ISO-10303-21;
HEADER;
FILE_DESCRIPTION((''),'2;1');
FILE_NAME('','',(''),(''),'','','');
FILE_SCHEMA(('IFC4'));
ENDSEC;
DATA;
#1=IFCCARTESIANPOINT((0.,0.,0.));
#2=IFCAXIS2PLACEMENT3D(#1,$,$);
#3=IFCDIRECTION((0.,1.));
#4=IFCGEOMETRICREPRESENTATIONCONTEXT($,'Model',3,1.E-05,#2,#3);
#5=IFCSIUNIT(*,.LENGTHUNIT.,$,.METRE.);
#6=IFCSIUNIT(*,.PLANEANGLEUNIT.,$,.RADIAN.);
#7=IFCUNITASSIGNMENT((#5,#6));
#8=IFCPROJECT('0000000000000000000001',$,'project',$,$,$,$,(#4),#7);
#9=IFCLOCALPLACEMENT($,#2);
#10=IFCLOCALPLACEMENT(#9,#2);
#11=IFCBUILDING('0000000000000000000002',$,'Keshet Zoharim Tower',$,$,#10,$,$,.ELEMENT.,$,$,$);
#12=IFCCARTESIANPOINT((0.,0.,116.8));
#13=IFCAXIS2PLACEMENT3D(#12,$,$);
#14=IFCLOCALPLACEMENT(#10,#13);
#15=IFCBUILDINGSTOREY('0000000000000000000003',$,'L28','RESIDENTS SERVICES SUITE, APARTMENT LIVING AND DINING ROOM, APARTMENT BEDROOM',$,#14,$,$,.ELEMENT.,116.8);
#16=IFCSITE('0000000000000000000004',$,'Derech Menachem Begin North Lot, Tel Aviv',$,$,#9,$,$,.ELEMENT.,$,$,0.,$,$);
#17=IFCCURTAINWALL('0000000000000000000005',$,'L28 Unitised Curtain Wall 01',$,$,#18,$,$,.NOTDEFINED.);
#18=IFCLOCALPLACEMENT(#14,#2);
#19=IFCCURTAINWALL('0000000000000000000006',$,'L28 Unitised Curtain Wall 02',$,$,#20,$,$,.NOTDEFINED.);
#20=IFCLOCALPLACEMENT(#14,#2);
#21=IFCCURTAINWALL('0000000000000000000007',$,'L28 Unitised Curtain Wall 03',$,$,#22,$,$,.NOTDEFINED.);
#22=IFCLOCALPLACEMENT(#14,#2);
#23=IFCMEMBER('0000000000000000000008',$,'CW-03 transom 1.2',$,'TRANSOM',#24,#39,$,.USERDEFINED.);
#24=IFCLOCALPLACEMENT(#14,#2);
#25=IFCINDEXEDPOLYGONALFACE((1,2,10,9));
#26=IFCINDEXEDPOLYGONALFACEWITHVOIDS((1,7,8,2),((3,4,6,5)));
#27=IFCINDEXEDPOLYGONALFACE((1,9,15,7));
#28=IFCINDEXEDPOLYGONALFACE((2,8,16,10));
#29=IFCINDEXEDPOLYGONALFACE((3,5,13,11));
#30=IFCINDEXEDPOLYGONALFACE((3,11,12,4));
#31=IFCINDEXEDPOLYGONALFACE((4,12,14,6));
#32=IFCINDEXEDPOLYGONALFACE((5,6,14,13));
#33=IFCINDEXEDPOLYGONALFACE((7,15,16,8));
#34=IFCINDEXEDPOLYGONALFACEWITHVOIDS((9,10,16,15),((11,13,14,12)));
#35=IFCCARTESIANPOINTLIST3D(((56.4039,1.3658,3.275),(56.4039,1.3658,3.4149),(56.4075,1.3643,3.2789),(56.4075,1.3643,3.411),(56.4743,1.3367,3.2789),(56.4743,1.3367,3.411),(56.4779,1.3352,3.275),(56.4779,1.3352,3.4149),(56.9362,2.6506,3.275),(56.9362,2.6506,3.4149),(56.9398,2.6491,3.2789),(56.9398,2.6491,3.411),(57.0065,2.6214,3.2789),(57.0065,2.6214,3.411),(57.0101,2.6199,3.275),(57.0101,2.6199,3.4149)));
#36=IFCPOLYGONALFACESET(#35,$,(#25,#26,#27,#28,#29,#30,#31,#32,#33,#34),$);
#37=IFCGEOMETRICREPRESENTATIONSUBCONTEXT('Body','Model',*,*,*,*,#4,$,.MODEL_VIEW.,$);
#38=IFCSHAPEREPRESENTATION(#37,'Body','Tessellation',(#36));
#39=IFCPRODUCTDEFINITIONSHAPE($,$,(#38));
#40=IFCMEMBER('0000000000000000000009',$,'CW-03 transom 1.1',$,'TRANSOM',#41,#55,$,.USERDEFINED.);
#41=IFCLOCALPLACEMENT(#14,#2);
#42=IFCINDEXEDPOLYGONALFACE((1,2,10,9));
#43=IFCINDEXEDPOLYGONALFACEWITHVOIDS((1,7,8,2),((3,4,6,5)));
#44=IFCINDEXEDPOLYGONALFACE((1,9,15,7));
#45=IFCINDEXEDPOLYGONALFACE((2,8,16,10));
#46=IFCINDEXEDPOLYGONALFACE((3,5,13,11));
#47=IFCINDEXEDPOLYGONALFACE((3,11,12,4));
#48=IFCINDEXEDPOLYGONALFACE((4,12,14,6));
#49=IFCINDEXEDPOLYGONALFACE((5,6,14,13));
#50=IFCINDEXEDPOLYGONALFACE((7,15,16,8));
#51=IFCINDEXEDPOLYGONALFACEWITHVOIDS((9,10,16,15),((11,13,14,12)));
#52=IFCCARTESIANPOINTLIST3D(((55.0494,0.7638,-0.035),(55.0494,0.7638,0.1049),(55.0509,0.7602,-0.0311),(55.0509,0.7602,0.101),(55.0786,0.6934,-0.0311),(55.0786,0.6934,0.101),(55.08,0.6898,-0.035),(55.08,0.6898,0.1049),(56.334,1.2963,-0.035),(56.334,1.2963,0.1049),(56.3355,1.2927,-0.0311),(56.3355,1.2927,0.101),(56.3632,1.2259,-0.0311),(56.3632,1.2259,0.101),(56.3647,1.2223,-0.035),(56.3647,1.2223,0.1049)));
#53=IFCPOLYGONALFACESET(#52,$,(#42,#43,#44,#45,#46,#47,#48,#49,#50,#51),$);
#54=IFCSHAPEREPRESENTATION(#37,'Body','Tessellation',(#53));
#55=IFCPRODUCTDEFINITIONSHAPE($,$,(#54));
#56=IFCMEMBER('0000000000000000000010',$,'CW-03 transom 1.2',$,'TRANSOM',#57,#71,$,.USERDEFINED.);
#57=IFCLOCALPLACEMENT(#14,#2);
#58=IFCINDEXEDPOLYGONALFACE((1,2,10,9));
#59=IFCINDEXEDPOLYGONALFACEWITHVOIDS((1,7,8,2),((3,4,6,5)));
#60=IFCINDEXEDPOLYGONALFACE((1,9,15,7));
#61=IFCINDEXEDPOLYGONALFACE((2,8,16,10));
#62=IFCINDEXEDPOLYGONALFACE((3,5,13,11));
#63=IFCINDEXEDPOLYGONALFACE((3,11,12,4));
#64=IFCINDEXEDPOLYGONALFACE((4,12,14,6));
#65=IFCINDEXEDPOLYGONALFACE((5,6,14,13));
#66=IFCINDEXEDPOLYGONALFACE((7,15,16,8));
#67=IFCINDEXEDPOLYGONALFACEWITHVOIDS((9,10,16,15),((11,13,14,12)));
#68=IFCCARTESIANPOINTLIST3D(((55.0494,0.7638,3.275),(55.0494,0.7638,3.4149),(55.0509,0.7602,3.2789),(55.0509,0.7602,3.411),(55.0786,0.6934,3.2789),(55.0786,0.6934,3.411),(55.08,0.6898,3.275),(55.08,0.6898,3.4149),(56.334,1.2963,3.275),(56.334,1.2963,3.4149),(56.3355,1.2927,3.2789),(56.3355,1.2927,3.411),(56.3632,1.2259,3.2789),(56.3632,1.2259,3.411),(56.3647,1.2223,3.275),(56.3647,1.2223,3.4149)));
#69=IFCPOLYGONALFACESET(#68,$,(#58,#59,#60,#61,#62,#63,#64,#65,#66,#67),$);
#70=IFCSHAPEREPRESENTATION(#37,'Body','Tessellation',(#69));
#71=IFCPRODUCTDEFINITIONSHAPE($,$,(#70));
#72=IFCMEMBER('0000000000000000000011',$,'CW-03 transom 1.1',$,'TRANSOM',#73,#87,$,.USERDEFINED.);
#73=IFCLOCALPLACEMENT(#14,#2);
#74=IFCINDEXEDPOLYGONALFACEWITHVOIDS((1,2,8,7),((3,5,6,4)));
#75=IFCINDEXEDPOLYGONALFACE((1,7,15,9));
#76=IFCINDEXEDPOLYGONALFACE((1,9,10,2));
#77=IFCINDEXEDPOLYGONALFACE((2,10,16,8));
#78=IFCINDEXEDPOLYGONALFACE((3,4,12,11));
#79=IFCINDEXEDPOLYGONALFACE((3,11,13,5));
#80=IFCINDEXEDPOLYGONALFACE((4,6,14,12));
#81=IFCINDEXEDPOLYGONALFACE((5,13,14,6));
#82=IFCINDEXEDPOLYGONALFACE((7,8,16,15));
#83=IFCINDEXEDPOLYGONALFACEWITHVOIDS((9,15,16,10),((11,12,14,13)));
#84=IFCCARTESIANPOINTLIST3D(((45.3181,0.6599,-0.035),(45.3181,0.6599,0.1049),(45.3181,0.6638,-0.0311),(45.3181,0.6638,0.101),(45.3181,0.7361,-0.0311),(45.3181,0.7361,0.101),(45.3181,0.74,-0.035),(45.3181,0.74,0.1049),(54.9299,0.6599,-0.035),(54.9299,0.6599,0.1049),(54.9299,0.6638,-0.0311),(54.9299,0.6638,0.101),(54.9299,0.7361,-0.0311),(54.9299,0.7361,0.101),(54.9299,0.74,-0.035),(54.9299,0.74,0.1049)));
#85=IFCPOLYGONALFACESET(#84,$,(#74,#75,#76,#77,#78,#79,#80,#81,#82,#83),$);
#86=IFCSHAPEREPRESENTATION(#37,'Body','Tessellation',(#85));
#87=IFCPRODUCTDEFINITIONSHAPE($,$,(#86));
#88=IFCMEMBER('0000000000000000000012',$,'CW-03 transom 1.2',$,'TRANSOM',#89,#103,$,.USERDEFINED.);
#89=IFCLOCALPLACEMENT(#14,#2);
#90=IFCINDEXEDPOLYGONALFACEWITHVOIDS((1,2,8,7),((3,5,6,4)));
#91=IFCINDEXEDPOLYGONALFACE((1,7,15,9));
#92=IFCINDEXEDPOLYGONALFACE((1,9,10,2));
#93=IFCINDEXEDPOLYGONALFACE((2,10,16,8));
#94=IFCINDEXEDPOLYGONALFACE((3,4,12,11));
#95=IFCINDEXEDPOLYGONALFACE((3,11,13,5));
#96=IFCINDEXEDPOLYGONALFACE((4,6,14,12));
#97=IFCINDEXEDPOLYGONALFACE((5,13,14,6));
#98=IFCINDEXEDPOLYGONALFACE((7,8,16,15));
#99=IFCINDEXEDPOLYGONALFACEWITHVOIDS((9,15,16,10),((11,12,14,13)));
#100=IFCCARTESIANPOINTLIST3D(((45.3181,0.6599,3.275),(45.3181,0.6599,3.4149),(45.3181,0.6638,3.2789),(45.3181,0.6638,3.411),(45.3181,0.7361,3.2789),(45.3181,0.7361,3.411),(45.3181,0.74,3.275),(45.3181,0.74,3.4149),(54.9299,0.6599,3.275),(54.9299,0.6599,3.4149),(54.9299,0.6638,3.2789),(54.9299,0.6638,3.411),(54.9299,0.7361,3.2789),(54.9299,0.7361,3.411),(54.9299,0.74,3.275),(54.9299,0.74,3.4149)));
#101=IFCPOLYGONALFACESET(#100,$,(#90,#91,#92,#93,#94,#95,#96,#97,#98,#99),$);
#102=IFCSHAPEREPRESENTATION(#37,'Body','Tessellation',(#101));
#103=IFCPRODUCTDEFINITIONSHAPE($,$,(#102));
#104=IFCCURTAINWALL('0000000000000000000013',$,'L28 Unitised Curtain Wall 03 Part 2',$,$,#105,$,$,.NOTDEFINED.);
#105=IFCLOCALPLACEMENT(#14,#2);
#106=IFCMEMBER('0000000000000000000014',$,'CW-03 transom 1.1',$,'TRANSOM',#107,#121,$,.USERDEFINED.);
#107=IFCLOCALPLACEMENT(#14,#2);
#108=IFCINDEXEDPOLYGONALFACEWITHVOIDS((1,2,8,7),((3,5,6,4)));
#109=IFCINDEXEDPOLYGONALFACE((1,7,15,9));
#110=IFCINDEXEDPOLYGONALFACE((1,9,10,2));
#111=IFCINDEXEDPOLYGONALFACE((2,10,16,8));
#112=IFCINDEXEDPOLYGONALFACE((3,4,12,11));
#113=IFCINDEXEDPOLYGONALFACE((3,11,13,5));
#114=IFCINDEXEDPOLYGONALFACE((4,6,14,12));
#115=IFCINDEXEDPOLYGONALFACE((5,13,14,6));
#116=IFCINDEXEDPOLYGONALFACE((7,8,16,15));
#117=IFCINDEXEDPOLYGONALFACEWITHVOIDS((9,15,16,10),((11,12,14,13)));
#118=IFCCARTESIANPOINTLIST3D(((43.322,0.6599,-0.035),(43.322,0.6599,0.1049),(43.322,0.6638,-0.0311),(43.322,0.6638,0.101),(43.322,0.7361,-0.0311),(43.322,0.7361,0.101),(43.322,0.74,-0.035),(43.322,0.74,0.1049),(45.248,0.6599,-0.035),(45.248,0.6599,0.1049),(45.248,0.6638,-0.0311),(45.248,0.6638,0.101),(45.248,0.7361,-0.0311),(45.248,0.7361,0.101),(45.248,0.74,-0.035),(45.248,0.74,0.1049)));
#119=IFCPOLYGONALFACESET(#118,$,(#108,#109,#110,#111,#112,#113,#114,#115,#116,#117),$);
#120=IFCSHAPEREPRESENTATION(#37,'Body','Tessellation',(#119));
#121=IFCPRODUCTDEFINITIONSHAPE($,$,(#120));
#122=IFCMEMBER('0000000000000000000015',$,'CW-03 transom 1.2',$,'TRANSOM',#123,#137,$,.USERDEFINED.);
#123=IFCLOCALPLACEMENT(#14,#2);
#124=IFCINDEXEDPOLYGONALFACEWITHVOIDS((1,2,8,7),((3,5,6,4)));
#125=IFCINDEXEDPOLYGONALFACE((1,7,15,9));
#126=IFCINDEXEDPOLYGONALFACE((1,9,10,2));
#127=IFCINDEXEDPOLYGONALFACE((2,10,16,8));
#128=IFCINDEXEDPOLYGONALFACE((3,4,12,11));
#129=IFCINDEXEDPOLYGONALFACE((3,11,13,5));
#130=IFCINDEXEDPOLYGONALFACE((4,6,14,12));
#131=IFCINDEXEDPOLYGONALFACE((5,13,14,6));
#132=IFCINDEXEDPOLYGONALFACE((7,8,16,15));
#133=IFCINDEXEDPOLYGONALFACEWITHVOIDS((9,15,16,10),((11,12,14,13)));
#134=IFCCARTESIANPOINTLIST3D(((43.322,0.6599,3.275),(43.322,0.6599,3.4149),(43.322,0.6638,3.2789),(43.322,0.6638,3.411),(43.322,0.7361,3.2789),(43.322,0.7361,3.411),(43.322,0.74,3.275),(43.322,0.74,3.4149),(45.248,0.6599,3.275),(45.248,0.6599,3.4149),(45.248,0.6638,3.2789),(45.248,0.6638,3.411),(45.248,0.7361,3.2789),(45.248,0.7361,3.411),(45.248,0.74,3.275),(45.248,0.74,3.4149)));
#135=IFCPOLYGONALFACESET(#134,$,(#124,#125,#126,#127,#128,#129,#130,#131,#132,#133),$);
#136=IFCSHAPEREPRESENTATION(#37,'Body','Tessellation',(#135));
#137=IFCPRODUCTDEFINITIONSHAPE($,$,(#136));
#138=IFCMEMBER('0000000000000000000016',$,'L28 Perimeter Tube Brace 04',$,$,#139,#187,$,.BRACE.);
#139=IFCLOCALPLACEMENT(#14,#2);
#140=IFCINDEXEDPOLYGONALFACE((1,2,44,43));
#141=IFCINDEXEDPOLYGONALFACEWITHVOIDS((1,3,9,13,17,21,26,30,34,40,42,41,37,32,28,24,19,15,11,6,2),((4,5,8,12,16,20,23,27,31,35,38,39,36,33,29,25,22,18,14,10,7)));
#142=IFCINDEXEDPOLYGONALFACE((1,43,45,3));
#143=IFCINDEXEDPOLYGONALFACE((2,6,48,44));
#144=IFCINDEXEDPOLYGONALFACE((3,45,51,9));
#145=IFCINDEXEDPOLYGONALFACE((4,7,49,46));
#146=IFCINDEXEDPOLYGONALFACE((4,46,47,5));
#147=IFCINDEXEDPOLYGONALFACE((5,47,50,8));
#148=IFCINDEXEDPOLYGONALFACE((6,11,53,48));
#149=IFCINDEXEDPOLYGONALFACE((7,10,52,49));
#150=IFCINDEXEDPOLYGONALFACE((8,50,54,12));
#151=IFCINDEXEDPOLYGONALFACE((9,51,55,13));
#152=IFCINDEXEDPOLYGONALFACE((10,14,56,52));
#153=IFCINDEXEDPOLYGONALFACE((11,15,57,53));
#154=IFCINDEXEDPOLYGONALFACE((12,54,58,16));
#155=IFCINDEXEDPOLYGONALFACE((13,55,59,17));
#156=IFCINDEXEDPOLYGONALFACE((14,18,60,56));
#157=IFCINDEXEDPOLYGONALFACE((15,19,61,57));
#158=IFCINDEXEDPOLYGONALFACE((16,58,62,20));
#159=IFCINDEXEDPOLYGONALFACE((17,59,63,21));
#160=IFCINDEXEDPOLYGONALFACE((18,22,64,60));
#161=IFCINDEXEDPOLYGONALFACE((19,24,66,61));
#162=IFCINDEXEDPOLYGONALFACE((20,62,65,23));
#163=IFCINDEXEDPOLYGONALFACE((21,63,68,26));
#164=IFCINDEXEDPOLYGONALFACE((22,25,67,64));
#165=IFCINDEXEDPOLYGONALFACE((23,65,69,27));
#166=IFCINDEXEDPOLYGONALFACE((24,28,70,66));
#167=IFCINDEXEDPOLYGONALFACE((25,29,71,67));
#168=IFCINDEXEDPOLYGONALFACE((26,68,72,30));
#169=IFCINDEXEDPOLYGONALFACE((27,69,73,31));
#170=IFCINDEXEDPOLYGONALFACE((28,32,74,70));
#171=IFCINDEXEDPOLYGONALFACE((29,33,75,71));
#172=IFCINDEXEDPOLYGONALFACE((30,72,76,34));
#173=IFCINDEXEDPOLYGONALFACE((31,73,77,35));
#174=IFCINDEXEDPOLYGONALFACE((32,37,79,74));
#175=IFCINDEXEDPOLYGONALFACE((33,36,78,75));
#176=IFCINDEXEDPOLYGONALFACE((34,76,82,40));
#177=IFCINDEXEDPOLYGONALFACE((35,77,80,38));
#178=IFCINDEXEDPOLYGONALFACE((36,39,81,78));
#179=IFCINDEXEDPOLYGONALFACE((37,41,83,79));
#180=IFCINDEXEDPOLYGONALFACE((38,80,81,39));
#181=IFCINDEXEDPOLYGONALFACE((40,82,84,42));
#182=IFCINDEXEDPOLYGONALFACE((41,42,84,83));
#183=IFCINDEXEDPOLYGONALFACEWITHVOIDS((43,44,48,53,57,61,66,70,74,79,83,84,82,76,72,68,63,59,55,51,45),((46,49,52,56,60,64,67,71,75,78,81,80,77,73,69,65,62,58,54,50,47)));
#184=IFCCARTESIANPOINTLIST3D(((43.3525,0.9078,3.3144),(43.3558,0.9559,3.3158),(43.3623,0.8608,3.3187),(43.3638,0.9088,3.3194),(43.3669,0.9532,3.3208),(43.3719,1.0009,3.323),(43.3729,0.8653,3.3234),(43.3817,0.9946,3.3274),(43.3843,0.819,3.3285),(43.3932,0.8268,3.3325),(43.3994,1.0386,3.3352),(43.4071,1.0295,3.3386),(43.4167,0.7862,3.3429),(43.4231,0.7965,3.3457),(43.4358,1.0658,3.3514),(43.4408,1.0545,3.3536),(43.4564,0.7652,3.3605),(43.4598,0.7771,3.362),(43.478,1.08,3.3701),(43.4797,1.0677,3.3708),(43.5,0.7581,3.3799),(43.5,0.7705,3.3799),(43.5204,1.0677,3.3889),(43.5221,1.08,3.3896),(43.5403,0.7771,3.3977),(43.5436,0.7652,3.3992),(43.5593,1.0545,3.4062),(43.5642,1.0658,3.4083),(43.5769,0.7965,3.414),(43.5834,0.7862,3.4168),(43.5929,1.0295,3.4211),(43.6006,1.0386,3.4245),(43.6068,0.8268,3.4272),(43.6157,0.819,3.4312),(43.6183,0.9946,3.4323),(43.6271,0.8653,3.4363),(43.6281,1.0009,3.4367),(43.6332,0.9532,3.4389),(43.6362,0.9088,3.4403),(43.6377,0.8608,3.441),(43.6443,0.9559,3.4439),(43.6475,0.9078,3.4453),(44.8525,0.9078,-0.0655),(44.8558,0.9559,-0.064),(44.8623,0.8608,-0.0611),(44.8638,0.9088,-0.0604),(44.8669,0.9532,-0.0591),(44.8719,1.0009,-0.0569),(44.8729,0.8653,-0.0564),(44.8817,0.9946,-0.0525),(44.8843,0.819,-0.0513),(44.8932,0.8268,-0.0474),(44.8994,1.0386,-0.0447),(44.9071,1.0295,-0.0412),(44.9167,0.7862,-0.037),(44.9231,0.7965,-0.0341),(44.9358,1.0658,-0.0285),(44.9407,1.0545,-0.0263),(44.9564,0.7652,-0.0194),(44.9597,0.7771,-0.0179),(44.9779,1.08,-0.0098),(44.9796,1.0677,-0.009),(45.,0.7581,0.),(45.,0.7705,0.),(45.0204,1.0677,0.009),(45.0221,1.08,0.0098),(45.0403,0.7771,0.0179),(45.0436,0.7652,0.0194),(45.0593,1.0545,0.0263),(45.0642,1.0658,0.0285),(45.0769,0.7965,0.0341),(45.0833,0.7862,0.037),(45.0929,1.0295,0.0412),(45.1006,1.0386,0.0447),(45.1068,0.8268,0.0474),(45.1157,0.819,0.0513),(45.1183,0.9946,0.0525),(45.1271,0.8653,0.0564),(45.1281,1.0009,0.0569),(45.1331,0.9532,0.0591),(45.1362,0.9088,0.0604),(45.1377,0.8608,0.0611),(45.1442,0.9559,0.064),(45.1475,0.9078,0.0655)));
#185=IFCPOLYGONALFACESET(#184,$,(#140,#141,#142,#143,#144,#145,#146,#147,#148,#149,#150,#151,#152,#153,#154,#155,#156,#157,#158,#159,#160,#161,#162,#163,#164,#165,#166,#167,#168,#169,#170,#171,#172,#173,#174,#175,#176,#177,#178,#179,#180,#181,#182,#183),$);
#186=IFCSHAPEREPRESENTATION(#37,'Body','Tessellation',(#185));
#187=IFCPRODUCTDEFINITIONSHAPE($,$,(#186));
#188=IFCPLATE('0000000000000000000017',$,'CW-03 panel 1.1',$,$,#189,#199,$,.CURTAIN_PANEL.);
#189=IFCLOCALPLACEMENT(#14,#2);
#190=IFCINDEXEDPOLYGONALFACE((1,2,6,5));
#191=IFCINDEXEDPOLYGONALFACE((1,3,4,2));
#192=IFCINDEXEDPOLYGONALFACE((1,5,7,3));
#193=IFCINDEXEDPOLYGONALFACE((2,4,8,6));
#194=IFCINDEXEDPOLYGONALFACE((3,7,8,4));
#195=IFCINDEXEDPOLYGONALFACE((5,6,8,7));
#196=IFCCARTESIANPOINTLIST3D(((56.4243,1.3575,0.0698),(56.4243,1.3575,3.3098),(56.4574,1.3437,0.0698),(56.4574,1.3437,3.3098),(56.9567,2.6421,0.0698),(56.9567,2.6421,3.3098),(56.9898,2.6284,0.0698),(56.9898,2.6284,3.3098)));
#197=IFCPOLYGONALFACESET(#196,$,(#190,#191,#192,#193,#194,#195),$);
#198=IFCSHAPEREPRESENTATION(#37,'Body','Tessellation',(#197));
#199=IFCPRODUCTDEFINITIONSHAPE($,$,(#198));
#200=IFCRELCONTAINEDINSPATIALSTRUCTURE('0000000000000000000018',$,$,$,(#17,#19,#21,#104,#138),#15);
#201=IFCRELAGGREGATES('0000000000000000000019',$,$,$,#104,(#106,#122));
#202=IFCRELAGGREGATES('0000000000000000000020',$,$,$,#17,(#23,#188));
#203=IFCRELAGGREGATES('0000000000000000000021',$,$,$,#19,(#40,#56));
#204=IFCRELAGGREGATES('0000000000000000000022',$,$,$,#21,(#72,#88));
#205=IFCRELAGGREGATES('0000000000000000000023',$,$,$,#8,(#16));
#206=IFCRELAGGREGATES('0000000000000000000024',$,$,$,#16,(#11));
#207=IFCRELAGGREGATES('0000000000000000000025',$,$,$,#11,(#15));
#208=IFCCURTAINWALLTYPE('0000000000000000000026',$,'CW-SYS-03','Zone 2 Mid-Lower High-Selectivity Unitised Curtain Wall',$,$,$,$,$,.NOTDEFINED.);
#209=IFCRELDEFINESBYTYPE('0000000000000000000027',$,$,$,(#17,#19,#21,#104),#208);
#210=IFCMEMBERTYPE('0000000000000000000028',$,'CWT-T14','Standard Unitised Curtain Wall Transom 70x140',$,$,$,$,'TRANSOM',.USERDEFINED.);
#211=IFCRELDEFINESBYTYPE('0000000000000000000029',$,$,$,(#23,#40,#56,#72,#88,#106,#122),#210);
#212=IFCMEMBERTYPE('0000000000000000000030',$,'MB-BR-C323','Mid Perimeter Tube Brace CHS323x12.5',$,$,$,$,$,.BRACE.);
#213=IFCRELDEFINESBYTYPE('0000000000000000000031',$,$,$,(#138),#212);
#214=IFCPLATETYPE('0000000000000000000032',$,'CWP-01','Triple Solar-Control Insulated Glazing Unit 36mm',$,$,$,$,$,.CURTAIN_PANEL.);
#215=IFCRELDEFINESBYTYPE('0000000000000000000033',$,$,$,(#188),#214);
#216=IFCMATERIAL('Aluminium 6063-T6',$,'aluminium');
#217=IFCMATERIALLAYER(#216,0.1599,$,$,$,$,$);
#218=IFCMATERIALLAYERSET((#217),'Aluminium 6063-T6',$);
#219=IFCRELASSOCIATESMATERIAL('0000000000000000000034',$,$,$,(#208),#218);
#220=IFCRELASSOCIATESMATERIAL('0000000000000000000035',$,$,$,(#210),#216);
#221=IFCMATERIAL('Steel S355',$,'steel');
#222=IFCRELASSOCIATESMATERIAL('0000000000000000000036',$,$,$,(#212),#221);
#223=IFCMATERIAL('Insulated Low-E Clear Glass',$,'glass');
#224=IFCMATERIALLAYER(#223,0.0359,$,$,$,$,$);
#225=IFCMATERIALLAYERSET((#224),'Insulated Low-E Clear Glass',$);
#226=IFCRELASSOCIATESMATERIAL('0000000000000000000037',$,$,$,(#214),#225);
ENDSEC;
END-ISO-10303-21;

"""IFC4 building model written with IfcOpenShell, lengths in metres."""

from ifc_helpers import new_model, si_unit, direction, frame, origin, origin_2d, place, context, subcontext, project, spatial, rectangle, hollow_rectangle, hollow_circle, extrude, material, layer, layer_set, material_profile, profile_set, type_object, element, aggregate, save


model = new_model("IFC4")

# Units and contexts
model_context = context("Model", 3, precision=1e-05, world=origin(), true_north=direction((0.0, 1.0)))
body_context = subcontext(model_context, "Body", "Model", "MODEL_VIEW")
ifc_project = project(units=[si_unit("LENGTHUNIT", "METRE"), si_unit("PLANEANGLEUNIT", "RADIAN")], contexts=[model_context])

# Site, building, storey
site_placement = place(None, origin())
site = spatial("IfcSite", under=ifc_project, at=site_placement, Name="Derech Menachem Begin North Lot, Tel Aviv", CompositionType="ELEMENT", RefElevation=0.0)
building_placement = place(site_placement, origin())
building = spatial("IfcBuilding", under=site, at=building_placement, Name="Keshet Zoharim Tower", CompositionType="ELEMENT")
storey_placement = place(building_placement, frame((0.0, 0.0, 116.8)))
storey = spatial("IfcBuildingStorey", under=building, at=storey_placement, Name="L28", Description="RESIDENTS SERVICES SUITE, APARTMENT LIVING AND DINING ROOM, APARTMENT BEDROOM", CompositionType="ELEMENT", Elevation=116.8)

# Shared definitions
ifc_material_1 = material(Name="Steel S355", Category="steel")

# Curtain walls
ifc_material_2 = material(Name="Aluminium 6063-T6", Category="aluminium")
ifc_layer_1 = layer(ifc_material_2, 0.1599)
ifc_layer_set_1 = layer_set([ifc_layer_1], Name="Aluminium 6063-T6")
curtain_wall_type = type_object("IfcCurtainWallType", Name="CW-SYS-03", Description="Zone 2 Mid-Lower High-Selectivity Unitised Curtain Wall", PredefinedType="NOTDEFINED", material=ifc_layer_set_1)
curtain_wall_1_placement = place(storey_placement, origin())
curtain_wall_1 = element("IfcCurtainWall", 1, at=curtain_wall_1_placement, inside=storey, type_object=curtain_wall_type, Name="L28 Unitised Curtain Wall 01", PredefinedType="NOTDEFINED")
curtain_wall_2_placement = place(storey_placement, origin())
curtain_wall_2 = element("IfcCurtainWall", 2, at=curtain_wall_2_placement, inside=storey, type_object=curtain_wall_type, Name="L28 Unitised Curtain Wall 02", PredefinedType="NOTDEFINED")
curtain_wall_3_placement = place(storey_placement, origin())
curtain_wall_3 = element("IfcCurtainWall", 3, at=curtain_wall_3_placement, inside=storey, type_object=curtain_wall_type, Name="L28 Unitised Curtain Wall 03", PredefinedType="NOTDEFINED")

# Members
ifc_material_profile_1 = material_profile(ifc_material_2, hollow_rectangle(XDim=0.0801, YDim=0.1399, WallThickness=0.0039, at=origin_2d()), Name="TRN-80x140")
ifc_profile_set_1 = profile_set([ifc_material_profile_1], Name="Aluminium 6063-T6")
member_type_1 = type_object("IfcMemberType", Name="CWT-T14", Description="Standard Unitised Curtain Wall Transom 70x140", ElementType="TRANSOM", PredefinedType="USERDEFINED", material=ifc_profile_set_1)
member_1_placement = place(storey_placement, frame((56.9731, 2.6353, 3.345), z_axis=(-0.382745, -0.923854, 0.0), x_axis=(0.923854, -0.382745, 0.0)))
member_1 = element("IfcMember", 4, at=member_1_placement, type_object=member_type_1, Name="CW-03 transom 1.2", ObjectType="TRANSOM", PredefinedType="USERDEFINED", context=body_context, shape_type="SweptSolid", body=[
    extrude(hollow_rectangle(XDim=0.0801, YDim=0.1399, WallThickness=0.0039, at=origin_2d()), origin(), (0.0, 0.0, 1.0), 1.3906),
])
member_2_placement = place(storey_placement, frame((56.3494, 1.2593, 0.0349), z_axis=(-0.923792, -0.382894, 0.0), x_axis=(0.382894, -0.923792, 0.0)))
member_2 = element("IfcMember", 5, at=member_2_placement, type_object=member_type_1, Name="CW-03 transom 1.1", ObjectType="TRANSOM", PredefinedType="USERDEFINED", context=body_context, shape_type="SweptSolid", body=[
    extrude(hollow_rectangle(XDim=0.0801, YDim=0.1399, WallThickness=0.0039, at=origin_2d()), origin(), (0.0, 0.0, 1.0), 1.3906),
])
member_3_placement = place(storey_placement, frame((56.3494, 1.2593, 3.345), z_axis=(-0.923792, -0.382894, 0.0), x_axis=(0.382894, -0.923792, 0.0)))
member_3 = element("IfcMember", 6, at=member_3_placement, type_object=member_type_1, Name="CW-03 transom 1.2", ObjectType="TRANSOM", PredefinedType="USERDEFINED", context=body_context, shape_type="SweptSolid", body=[
    extrude(hollow_rectangle(XDim=0.0801, YDim=0.1399, WallThickness=0.0039, at=origin_2d()), origin(), (0.0, 0.0, 1.0), 1.3906),
])
member_4_placement = place(storey_placement, frame((54.9299, 0.7, 0.0349), z_axis=(-1.0, 0.0, 0.0), x_axis=(0.0, -1.0, 0.0)))
member_4 = element("IfcMember", 7, at=member_4_placement, type_object=member_type_1, Name="CW-03 transom 1.1", ObjectType="TRANSOM", PredefinedType="USERDEFINED", context=body_context, shape_type="SweptSolid", body=[
    extrude(hollow_rectangle(XDim=0.0801, YDim=0.1399, WallThickness=0.0039, at=origin_2d()), origin(), (0.0, 0.0, 1.0), 9.6118),
])
member_5_placement = place(storey_placement, frame((54.9299, 0.7, 3.345), z_axis=(-1.0, 0.0, 0.0), x_axis=(0.0, -1.0, 0.0)))
member_5 = element("IfcMember", 8, at=member_5_placement, type_object=member_type_1, Name="CW-03 transom 1.2", ObjectType="TRANSOM", PredefinedType="USERDEFINED", context=body_context, shape_type="SweptSolid", body=[
    extrude(hollow_rectangle(XDim=0.0801, YDim=0.1399, WallThickness=0.0039, at=origin_2d()), origin(), (0.0, 0.0, 1.0), 9.6118),
])

# Curtain wall, members
curtain_wall_4_placement = place(storey_placement, origin())
curtain_wall_4 = element("IfcCurtainWall", 9, at=curtain_wall_4_placement, inside=storey, type_object=curtain_wall_type, Name="L28 Unitised Curtain Wall 03 Part 2", PredefinedType="NOTDEFINED")
member_6_placement = place(storey_placement, frame((45.248, 0.7, 0.0349), z_axis=(-1.0, 0.0, 0.0), x_axis=(0.0, -1.0, 0.0)))
member_6 = element("IfcMember", 10, at=member_6_placement, type_object=member_type_1, Name="CW-03 transom 1.1", ObjectType="TRANSOM", PredefinedType="USERDEFINED", context=body_context, shape_type="SweptSolid", body=[
    extrude(hollow_rectangle(XDim=0.0801, YDim=0.1399, WallThickness=0.0039, at=origin_2d()), origin(), (0.0, 0.0, 1.0), 1.926),
])
member_7_placement = place(storey_placement, frame((45.248, 0.7, 3.345), z_axis=(-1.0, 0.0, 0.0), x_axis=(0.0, -1.0, 0.0)))
member_7 = element("IfcMember", 11, at=member_7_placement, type_object=member_type_1, Name="CW-03 transom 1.2", ObjectType="TRANSOM", PredefinedType="USERDEFINED", context=body_context, shape_type="SweptSolid", body=[
    extrude(hollow_rectangle(XDim=0.0801, YDim=0.1399, WallThickness=0.0039, at=origin_2d()), origin(), (0.0, 0.0, 1.0), 1.926),
])
aggregate(curtain_wall_4, [member_6, member_7])

# Member
ifc_material_profile_2 = material_profile(ifc_material_1, hollow_circle(Radius=0.1619, WallThickness=0.0125, at=origin_2d()), Name="CHS323x12.5")
ifc_profile_set_2 = profile_set([ifc_material_profile_2], Name="Steel S355")
member_type_2 = type_object("IfcMemberType", Name="MB-BR-C323", Description="Mid Perimeter Tube Brace CHS323x12.5", PredefinedType="BRACE", material=ifc_profile_set_2)
member_8_placement = place(storey_placement, frame((45.0, 0.9199, 0.0), z_axis=(-0.405648, 0.0, 0.914029), x_axis=(0.0, -1.0, 0.0)))
element("IfcMember", 12, at=member_8_placement, inside=storey, type_object=member_type_2, Name="L28 Perimeter Tube Brace 04", PredefinedType="BRACE", context=body_context, shape_type="SweptSolid", body=[
    extrude(hollow_circle(Radius=0.1619, WallThickness=0.0125, at=origin_2d()), origin(), (0.0, 0.0, 1.0), 3.6978),
])

# Plate
ifc_material_3 = material(Name="Insulated Low-E Clear Glass", Category="glass")
ifc_layer_2 = layer(ifc_material_3, 0.0359)
ifc_layer_set_2 = layer_set([ifc_layer_2], Name="Insulated Low-E Clear Glass")
plate_type = type_object("IfcPlateType", Name="CWP-01", Description="Triple Solar-Control Insulated Glazing Unit 36mm", PredefinedType="CURTAIN_PANEL", material=ifc_layer_set_2)
plate_1_placement = place(storey_placement, frame((56.707, 1.9929, 0.0698), z_axis=(0.0, 0.0, 1.0), x_axis=(-0.382852, -0.92381, 0.0)))
plate_1 = element("IfcPlate", 13, at=plate_1_placement, type_object=plate_type, Name="CW-03 panel 1.1", PredefinedType="CURTAIN_PANEL", context=body_context, shape_type="SweptSolid", body=[
    extrude(rectangle(XDim=1.3906, YDim=0.0359, at=origin_2d()), origin(), (0.0, 0.0, 1.0), 3.24),
])
aggregate(curtain_wall_1, [member_1, plate_1])
aggregate(curtain_wall_2, [member_2, member_3])
aggregate(curtain_wall_3, [member_4, member_5])

save(model, "model.ifc")
